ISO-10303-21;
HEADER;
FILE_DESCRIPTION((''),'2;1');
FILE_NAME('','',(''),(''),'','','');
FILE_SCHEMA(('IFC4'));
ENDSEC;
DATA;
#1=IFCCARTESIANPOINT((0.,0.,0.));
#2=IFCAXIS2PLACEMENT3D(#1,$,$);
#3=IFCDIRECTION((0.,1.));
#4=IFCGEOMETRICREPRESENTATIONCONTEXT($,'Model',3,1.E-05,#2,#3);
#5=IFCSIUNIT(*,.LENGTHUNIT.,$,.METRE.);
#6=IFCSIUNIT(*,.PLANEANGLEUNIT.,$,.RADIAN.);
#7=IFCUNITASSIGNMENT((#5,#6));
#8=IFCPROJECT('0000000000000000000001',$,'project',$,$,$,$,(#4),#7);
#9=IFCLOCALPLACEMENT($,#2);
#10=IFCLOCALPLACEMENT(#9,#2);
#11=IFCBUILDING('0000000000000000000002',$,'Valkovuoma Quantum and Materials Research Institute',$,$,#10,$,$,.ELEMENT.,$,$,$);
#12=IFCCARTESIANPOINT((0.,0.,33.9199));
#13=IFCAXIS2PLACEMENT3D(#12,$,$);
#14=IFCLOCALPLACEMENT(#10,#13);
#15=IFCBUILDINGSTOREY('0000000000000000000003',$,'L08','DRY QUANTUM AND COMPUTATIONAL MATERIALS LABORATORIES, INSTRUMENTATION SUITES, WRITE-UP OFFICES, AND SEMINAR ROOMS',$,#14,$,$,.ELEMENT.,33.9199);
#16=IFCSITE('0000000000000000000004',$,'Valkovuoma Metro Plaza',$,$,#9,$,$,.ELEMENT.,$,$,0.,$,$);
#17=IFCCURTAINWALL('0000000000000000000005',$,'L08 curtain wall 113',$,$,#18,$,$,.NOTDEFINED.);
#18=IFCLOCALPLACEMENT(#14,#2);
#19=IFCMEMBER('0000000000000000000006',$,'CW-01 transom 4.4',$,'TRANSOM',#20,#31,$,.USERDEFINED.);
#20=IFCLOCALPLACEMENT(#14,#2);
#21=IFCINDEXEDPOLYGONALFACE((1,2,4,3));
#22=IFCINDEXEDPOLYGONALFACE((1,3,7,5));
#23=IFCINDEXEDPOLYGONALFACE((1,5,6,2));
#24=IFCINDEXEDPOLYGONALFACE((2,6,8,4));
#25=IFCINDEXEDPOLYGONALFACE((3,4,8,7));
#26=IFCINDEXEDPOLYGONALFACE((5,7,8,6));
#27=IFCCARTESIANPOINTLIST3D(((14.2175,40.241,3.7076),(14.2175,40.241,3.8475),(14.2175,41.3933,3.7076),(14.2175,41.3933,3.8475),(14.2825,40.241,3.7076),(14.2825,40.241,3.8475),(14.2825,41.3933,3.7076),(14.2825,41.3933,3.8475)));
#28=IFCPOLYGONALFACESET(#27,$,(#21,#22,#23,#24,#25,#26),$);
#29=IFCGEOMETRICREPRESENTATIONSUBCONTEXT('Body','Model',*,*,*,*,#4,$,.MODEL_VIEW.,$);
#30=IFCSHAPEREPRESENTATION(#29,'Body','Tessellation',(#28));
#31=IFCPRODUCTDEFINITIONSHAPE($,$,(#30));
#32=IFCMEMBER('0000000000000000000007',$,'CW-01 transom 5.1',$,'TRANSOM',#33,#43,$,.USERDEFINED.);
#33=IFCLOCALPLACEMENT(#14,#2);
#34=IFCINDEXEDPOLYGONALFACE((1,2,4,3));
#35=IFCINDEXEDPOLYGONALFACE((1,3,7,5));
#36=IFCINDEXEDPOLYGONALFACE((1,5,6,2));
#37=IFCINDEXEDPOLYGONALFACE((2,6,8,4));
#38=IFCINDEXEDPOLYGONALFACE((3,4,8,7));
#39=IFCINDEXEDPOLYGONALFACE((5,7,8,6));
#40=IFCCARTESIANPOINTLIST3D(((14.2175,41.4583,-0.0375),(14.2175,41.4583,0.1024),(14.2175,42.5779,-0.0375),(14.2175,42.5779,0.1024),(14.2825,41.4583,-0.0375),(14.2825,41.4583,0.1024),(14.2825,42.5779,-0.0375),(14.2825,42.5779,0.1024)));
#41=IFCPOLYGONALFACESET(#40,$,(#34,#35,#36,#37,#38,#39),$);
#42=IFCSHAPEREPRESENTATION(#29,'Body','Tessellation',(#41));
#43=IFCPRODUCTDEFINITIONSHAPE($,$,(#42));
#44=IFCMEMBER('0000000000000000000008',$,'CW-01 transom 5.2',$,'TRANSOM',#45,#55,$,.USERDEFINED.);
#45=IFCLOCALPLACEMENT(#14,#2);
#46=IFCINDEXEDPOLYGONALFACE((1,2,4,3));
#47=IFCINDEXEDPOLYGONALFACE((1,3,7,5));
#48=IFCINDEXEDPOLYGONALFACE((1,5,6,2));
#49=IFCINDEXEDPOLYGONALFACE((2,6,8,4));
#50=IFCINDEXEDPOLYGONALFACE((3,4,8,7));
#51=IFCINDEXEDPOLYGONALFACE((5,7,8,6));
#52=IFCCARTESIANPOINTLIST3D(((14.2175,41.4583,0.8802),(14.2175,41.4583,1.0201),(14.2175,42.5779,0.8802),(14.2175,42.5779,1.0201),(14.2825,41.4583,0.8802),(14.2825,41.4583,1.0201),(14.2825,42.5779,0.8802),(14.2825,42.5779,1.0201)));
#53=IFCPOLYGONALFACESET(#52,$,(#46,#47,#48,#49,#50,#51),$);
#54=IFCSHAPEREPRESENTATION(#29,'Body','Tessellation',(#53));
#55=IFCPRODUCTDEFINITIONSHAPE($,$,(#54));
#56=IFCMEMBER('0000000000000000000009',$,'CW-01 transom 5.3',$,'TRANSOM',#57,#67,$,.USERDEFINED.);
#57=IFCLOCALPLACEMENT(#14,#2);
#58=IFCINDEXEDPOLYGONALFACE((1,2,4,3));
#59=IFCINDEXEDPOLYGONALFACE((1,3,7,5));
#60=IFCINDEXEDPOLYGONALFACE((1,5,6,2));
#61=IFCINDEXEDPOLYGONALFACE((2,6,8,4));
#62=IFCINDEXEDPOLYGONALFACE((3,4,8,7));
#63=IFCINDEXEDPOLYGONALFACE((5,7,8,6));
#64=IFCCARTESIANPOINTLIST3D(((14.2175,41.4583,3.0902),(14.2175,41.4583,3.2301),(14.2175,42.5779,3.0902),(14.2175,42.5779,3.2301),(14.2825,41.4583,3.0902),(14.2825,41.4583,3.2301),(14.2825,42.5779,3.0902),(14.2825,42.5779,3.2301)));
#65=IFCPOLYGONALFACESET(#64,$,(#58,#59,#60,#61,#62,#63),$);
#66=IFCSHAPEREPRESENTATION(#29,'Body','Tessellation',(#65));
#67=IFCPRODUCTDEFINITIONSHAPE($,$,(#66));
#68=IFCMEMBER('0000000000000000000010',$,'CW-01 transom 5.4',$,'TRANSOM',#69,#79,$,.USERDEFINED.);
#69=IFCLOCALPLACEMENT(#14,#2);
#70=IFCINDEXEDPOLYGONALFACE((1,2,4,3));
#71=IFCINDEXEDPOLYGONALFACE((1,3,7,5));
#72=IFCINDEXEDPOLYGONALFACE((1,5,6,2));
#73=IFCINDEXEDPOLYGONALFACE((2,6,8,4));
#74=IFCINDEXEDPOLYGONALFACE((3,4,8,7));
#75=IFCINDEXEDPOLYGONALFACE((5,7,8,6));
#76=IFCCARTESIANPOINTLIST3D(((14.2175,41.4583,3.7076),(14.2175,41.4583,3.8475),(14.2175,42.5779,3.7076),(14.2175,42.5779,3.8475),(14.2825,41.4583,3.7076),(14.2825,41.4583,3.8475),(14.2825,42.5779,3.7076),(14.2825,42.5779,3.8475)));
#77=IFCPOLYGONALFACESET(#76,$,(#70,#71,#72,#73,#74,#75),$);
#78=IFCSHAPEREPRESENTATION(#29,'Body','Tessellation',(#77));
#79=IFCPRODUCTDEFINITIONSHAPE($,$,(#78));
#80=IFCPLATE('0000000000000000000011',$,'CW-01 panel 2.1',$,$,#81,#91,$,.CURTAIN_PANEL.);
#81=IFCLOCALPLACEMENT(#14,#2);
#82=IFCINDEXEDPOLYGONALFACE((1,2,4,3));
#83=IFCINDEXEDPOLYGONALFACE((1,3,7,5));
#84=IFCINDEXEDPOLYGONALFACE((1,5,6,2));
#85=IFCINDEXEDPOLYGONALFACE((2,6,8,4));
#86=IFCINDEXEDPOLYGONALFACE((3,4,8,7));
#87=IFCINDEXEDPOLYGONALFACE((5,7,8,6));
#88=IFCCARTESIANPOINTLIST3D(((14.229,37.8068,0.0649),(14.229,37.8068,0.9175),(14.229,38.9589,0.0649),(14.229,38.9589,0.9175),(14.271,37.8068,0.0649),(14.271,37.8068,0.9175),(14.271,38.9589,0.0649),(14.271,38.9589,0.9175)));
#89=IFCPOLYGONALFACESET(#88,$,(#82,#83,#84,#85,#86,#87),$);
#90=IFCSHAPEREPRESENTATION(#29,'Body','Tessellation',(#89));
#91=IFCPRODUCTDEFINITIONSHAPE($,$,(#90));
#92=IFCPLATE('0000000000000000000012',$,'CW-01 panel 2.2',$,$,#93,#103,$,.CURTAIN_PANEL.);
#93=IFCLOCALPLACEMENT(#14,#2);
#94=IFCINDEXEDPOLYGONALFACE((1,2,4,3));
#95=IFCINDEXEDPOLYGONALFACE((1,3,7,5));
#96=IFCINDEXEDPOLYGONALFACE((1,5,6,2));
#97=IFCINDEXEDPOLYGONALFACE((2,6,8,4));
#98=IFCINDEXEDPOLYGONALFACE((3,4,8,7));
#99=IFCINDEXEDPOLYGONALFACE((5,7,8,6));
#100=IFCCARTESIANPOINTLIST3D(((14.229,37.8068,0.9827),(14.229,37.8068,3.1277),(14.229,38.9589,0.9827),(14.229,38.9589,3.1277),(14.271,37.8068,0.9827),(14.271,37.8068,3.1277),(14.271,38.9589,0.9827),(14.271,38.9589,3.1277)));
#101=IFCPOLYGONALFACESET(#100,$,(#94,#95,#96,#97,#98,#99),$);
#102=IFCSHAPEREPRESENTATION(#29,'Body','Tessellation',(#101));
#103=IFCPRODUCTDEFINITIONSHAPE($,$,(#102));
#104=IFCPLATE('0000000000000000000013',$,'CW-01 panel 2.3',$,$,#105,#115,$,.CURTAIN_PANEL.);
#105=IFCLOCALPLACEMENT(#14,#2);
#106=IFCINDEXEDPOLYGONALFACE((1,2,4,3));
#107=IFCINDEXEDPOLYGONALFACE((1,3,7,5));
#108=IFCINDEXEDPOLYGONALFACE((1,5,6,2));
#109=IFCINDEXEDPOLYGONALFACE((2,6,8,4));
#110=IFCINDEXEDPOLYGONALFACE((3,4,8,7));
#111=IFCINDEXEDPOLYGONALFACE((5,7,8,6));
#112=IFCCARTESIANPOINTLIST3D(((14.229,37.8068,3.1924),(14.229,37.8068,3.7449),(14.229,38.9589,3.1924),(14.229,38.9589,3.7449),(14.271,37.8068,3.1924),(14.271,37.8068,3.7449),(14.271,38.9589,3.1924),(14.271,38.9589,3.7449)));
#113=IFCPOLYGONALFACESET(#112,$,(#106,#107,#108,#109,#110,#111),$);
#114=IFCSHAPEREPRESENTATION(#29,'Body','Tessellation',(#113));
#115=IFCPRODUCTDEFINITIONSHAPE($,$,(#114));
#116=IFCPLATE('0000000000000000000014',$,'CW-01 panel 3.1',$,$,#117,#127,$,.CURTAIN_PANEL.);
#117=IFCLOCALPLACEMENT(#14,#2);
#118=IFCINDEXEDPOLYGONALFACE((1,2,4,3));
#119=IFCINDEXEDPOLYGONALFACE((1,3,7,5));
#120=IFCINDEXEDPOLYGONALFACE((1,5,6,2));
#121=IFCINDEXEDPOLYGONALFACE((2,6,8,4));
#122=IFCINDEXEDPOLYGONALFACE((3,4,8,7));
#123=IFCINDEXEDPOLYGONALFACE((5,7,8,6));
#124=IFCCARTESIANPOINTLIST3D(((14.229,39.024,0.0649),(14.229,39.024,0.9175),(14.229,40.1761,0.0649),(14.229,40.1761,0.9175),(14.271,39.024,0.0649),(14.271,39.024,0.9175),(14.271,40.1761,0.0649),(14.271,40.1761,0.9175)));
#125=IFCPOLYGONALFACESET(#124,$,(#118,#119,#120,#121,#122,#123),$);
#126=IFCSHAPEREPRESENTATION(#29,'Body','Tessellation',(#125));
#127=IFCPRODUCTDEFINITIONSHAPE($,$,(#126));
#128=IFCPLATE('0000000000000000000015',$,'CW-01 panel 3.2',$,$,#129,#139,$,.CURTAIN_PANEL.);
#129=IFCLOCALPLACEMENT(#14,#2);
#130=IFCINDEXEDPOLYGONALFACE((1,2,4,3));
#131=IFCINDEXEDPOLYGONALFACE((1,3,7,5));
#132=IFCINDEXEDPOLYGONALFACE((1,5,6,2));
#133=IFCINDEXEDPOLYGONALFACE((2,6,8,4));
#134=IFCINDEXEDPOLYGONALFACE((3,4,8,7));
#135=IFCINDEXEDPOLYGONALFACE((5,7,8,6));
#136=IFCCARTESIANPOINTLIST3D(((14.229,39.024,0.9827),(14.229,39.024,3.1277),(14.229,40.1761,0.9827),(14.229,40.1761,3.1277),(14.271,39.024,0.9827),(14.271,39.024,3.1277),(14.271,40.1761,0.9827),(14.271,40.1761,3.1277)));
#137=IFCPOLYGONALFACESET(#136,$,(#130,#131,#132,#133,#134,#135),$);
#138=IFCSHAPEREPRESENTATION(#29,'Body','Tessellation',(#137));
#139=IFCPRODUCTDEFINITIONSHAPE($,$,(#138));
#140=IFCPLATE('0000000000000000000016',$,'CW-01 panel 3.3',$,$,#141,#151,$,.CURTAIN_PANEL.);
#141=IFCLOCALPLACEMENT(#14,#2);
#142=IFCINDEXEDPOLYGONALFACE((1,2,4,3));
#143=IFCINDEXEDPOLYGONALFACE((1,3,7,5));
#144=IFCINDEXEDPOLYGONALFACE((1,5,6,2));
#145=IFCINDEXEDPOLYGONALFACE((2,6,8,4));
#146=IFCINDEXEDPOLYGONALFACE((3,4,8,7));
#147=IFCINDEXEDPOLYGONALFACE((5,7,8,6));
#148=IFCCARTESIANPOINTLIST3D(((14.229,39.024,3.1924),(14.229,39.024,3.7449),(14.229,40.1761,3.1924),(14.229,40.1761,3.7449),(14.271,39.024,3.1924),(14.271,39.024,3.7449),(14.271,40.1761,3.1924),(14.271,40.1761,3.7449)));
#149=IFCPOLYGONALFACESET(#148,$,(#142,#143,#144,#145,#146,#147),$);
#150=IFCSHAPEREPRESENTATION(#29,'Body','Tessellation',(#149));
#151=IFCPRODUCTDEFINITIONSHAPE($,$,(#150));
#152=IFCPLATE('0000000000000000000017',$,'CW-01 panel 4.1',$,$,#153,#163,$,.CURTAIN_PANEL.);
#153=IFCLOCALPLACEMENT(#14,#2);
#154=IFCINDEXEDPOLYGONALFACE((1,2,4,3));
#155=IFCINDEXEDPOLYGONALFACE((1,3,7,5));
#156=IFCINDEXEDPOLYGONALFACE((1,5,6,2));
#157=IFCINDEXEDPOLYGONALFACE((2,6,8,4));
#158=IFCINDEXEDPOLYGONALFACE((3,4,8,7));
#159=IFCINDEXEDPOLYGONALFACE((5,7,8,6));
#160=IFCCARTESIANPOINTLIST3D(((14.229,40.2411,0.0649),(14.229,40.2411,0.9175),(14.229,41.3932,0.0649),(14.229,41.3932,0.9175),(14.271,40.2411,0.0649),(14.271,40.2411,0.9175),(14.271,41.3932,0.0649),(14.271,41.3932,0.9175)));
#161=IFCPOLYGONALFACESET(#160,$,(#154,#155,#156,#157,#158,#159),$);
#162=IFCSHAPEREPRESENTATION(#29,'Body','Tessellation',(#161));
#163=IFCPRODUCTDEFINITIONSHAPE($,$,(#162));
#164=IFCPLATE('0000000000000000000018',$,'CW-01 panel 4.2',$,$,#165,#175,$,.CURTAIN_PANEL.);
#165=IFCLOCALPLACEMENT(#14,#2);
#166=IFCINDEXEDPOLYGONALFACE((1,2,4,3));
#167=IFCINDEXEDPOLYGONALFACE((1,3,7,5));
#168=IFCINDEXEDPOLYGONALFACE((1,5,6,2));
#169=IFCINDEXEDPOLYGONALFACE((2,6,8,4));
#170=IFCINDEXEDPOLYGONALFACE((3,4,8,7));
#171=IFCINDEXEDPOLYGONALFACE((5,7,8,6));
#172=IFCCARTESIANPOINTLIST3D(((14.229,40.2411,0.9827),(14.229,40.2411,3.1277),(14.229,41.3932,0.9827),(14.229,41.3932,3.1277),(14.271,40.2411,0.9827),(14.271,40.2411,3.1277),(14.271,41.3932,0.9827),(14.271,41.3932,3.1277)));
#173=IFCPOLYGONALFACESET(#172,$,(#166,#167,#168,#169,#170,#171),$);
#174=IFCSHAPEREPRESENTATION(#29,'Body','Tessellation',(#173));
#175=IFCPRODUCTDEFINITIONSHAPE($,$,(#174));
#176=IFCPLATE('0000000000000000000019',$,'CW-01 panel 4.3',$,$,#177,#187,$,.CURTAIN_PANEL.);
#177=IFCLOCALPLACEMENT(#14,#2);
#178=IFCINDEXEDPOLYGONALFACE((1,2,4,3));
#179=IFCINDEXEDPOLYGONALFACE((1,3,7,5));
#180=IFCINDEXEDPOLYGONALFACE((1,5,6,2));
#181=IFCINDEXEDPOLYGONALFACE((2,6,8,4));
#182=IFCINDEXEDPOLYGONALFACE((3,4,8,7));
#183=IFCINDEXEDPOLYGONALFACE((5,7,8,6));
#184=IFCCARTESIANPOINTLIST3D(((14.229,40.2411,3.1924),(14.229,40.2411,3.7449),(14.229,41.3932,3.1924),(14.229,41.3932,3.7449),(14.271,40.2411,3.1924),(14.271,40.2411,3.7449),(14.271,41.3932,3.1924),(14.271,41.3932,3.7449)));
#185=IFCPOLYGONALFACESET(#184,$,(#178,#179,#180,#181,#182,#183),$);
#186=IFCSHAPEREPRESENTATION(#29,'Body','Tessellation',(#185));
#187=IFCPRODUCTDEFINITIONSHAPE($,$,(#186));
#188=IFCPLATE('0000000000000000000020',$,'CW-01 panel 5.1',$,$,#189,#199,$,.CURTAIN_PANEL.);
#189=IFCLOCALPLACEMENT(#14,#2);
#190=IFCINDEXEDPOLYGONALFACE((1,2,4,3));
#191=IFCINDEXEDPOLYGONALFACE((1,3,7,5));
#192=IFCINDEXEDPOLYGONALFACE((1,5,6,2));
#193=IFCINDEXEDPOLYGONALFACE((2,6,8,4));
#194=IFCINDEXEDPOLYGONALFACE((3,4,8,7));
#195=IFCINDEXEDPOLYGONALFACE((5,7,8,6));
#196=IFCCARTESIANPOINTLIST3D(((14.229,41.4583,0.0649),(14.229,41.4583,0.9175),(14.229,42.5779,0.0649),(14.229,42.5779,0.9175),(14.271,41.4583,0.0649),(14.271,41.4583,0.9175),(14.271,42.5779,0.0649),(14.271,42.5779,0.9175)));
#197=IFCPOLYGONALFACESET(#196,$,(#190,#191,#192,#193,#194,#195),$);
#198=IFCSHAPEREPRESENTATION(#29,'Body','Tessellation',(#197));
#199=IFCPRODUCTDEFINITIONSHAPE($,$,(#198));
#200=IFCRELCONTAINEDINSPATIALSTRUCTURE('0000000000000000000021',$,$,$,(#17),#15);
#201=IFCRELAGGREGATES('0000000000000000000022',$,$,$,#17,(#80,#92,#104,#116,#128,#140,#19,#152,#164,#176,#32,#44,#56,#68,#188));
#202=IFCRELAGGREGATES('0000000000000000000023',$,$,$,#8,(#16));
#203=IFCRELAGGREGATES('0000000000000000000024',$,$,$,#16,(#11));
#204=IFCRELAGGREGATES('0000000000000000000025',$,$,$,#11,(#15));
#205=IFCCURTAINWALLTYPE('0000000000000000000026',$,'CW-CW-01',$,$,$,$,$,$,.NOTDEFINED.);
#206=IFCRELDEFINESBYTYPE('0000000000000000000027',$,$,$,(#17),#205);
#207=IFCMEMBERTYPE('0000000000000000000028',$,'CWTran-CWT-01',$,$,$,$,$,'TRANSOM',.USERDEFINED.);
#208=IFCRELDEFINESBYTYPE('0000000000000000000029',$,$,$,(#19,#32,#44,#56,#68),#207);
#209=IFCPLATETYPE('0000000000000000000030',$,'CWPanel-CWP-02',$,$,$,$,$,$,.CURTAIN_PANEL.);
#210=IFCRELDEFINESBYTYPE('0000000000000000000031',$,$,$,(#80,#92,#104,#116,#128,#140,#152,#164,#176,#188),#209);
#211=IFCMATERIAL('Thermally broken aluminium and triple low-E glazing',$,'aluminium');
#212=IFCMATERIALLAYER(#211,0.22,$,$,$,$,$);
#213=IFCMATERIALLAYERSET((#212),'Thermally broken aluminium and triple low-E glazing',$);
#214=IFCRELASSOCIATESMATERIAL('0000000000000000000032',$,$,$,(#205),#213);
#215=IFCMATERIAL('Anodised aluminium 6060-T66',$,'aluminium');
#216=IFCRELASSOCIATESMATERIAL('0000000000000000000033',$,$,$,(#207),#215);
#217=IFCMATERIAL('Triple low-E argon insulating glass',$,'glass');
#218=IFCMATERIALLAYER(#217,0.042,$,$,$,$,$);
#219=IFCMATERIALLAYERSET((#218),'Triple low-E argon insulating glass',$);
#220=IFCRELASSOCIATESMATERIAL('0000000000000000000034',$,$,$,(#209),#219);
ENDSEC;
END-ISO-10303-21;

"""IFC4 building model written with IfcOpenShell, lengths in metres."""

from ifc_helpers import new_model, si_unit, direction, frame, origin, origin_2d, place, context, subcontext, project, spatial, rectangle, extrude, material, layer, layer_set, material_profile, profile_set, type_object, element, aggregate, save


model = new_model("IFC4")

# Units and contexts
model_context = context("Model", 3, precision=1e-05, world=origin(), true_north=direction((0.0, 1.0)))
body_context = subcontext(model_context, "Body", "Model", "MODEL_VIEW")
ifc_project = project(units=[si_unit("LENGTHUNIT", "METRE"), si_unit("PLANEANGLEUNIT", "RADIAN")], contexts=[model_context])

# Site, building, storey
site_placement = place(None, origin())
site = spatial("IfcSite", under=ifc_project, at=site_placement, Name="Valkovuoma Metro Plaza", CompositionType="ELEMENT", RefElevation=0.0)
building_placement = place(site_placement, origin())
building = spatial("IfcBuilding", under=site, at=building_placement, Name="Valkovuoma Quantum and Materials Research Institute", CompositionType="ELEMENT")
storey_placement = place(building_placement, frame((0.0, 0.0, 33.9199)))
storey = spatial("IfcBuildingStorey", under=building, at=storey_placement, Name="L08", Description="DRY QUANTUM AND COMPUTATIONAL MATERIALS LABORATORIES, INSTRUMENTATION SUITES, WRITE-UP OFFICES, AND SEMINAR ROOMS", CompositionType="ELEMENT", Elevation=33.9199)

# Curtain wall, members, plates
ifc_material_1 = material(Name="Thermally broken aluminium and triple low-E glazing", Category="aluminium")
ifc_layer_1 = layer(ifc_material_1, 0.22)
ifc_layer_set_1 = layer_set([ifc_layer_1], Name="Thermally broken aluminium and triple low-E glazing")
curtain_wall_type = type_object("IfcCurtainWallType", Name="CW-CW-01", PredefinedType="NOTDEFINED", material=ifc_layer_set_1)
curtain_wall_placement = place(storey_placement, origin())
curtain_wall = element("IfcCurtainWall", 1, at=curtain_wall_placement, inside=storey, type_object=curtain_wall_type, Name="L08 curtain wall 113", PredefinedType="NOTDEFINED")
ifc_material_2 = material(Name="Anodised aluminium 6060-T66", Category="aluminium")
ifc_material_profile_1 = material_profile(ifc_material_2, rectangle(XDim=0.0649, YDim=0.1399, at=origin_2d()), Name="Anodised aluminium 6060-T66")
ifc_profile_set_1 = profile_set([ifc_material_profile_1], Name="Anodised aluminium 6060-T66")
member_type_1 = type_object("IfcMemberType", Name="CWTran-CWT-01", ElementType="TRANSOM", PredefinedType="USERDEFINED", material=ifc_profile_set_1)
member_1_placement = place(storey_placement, frame((14.25, 40.241, 3.7776), z_axis=(0.0, 1.0, 0.0), x_axis=(-1.0, 0.0, 0.0)))
member_1 = element("IfcMember", 2, at=member_1_placement, type_object=member_type_1, Name="CW-01 transom 4.4", ObjectType="TRANSOM", PredefinedType="USERDEFINED", context=body_context, shape_type="SweptSolid", body=[
    extrude(rectangle(XDim=0.0649, YDim=0.1399, at=origin_2d()), origin(), (0.0, 0.0, 1.0), 1.1523),
])
member_2_placement = place(storey_placement, frame((14.25, 41.4583, 0.0325), z_axis=(0.0, 1.0, 0.0), x_axis=(-1.0, 0.0, 0.0)))
member_2 = element("IfcMember", 3, at=member_2_placement, type_object=member_type_1, Name="CW-01 transom 5.1", ObjectType="TRANSOM", PredefinedType="USERDEFINED", context=body_context, shape_type="SweptSolid", body=[
    extrude(rectangle(XDim=0.0649, YDim=0.1399, at=origin_2d()), origin(), (0.0, 0.0, 1.0), 1.1196),
])
member_3_placement = place(storey_placement, frame((14.25, 41.4583, 0.9502), z_axis=(0.0, 1.0, 0.0), x_axis=(-1.0, 0.0, 0.0)))
member_3 = element("IfcMember", 4, at=member_3_placement, type_object=member_type_1, Name="CW-01 transom 5.2", ObjectType="TRANSOM", PredefinedType="USERDEFINED", context=body_context, shape_type="SweptSolid", body=[
    extrude(rectangle(XDim=0.0649, YDim=0.1399, at=origin_2d()), origin(), (0.0, 0.0, 1.0), 1.1196),
])
member_4_placement = place(storey_placement, frame((14.25, 41.4583, 3.1602), z_axis=(0.0, 1.0, 0.0), x_axis=(-1.0, 0.0, 0.0)))
member_4 = element("IfcMember", 5, at=member_4_placement, type_object=member_type_1, Name="CW-01 transom 5.3", ObjectType="TRANSOM", PredefinedType="USERDEFINED", context=body_context, shape_type="SweptSolid", body=[
    extrude(rectangle(XDim=0.0649, YDim=0.1399, at=origin_2d()), origin(), (0.0, 0.0, 1.0), 1.1196),
])
member_5_placement = place(storey_placement, frame((14.25, 41.4583, 3.7776), z_axis=(0.0, 1.0, 0.0), x_axis=(-1.0, 0.0, 0.0)))
member_5 = element("IfcMember", 6, at=member_5_placement, type_object=member_type_1, Name="CW-01 transom 5.4", ObjectType="TRANSOM", PredefinedType="USERDEFINED", context=body_context, shape_type="SweptSolid", body=[
    extrude(rectangle(XDim=0.0649, YDim=0.1399, at=origin_2d()), origin(), (0.0, 0.0, 1.0), 1.1196),
])
ifc_material_3 = material(Name="Triple low-E argon insulating glass", Category="glass")
ifc_layer_2 = layer(ifc_material_3, 0.042)
ifc_layer_set_2 = layer_set([ifc_layer_2], Name="Triple low-E argon insulating glass")
plate_type = type_object("IfcPlateType", Name="CWPanel-CWP-02", PredefinedType="CURTAIN_PANEL", material=ifc_layer_set_2)
plate_1_placement = place(storey_placement, frame((14.25, 38.3828, 0.0649), z_axis=(0.0, 0.0, 1.0), x_axis=(0.0, 1.0, 0.0)))
plate_1 = element("IfcPlate", 7, at=plate_1_placement, type_object=plate_type, Name="CW-01 panel 2.1", PredefinedType="CURTAIN_PANEL", context=body_context, shape_type="SweptSolid", body=[
    extrude(rectangle(XDim=1.1521, YDim=0.042, at=origin_2d()), origin(), (0.0, 0.0, 1.0), 0.8525),
])
plate_2_placement = place(storey_placement, frame((14.25, 38.3828, 0.9827), z_axis=(0.0, 0.0, 1.0), x_axis=(0.0, 1.0, 0.0)))
plate_2 = element("IfcPlate", 8, at=plate_2_placement, type_object=plate_type, Name="CW-01 panel 2.2", PredefinedType="CURTAIN_PANEL", context=body_context, shape_type="SweptSolid", body=[
    extrude(rectangle(XDim=1.1521, YDim=0.042, at=origin_2d()), origin(), (0.0, 0.0, 1.0), 2.145),
])
plate_3_placement = place(storey_placement, frame((14.25, 38.3828, 3.1924), z_axis=(0.0, 0.0, 1.0), x_axis=(0.0, 1.0, 0.0)))
plate_3 = element("IfcPlate", 9, at=plate_3_placement, type_object=plate_type, Name="CW-01 panel 2.3", PredefinedType="CURTAIN_PANEL", context=body_context, shape_type="SweptSolid", body=[
    extrude(rectangle(XDim=1.1521, YDim=0.042, at=origin_2d()), origin(), (0.0, 0.0, 1.0), 0.5525),
])
plate_4_placement = place(storey_placement, frame((14.25, 39.6001, 0.0649), z_axis=(0.0, 0.0, 1.0), x_axis=(0.0, 1.0, 0.0)))
plate_4 = element("IfcPlate", 10, at=plate_4_placement, type_object=plate_type, Name="CW-01 panel 3.1", PredefinedType="CURTAIN_PANEL", context=body_context, shape_type="SweptSolid", body=[
    extrude(rectangle(XDim=1.1521, YDim=0.042, at=origin_2d()), origin(), (0.0, 0.0, 1.0), 0.8525),
])
plate_5_placement = place(storey_placement, frame((14.25, 39.6001, 0.9827), z_axis=(0.0, 0.0, 1.0), x_axis=(0.0, 1.0, 0.0)))
plate_5 = element("IfcPlate", 11, at=plate_5_placement, type_object=plate_type, Name="CW-01 panel 3.2", PredefinedType="CURTAIN_PANEL", context=body_context, shape_type="SweptSolid", body=[
    extrude(rectangle(XDim=1.1521, YDim=0.042, at=origin_2d()), origin(), (0.0, 0.0, 1.0), 2.145),
])
plate_6_placement = place(storey_placement, frame((14.25, 39.6001, 3.1924), z_axis=(0.0, 0.0, 1.0), x_axis=(0.0, 1.0, 0.0)))
plate_6 = element("IfcPlate", 12, at=plate_6_placement, type_object=plate_type, Name="CW-01 panel 3.3", PredefinedType="CURTAIN_PANEL", context=body_context, shape_type="SweptSolid", body=[
    extrude(rectangle(XDim=1.1521, YDim=0.042, at=origin_2d()), origin(), (0.0, 0.0, 1.0), 0.5525),
])
plate_7_placement = place(storey_placement, frame((14.25, 40.8171, 0.0649), z_axis=(0.0, 0.0, 1.0), x_axis=(0.0, 1.0, 0.0)))
plate_7 = element("IfcPlate", 13, at=plate_7_placement, type_object=plate_type, Name="CW-01 panel 4.1", PredefinedType="CURTAIN_PANEL", context=body_context, shape_type="SweptSolid", body=[
    extrude(rectangle(XDim=1.1521, YDim=0.042, at=origin_2d()), origin(), (0.0, 0.0, 1.0), 0.8525),
])
plate_8_placement = place(storey_placement, frame((14.25, 40.8171, 0.9827), z_axis=(0.0, 0.0, 1.0), x_axis=(0.0, 1.0, 0.0)))
plate_8 = element("IfcPlate", 14, at=plate_8_placement, type_object=plate_type, Name="CW-01 panel 4.2", PredefinedType="CURTAIN_PANEL", context=body_context, shape_type="SweptSolid", body=[
    extrude(rectangle(XDim=1.1521, YDim=0.042, at=origin_2d()), origin(), (0.0, 0.0, 1.0), 2.145),
])
plate_9_placement = place(storey_placement, frame((14.25, 40.8171, 3.1924), z_axis=(0.0, 0.0, 1.0), x_axis=(0.0, 1.0, 0.0)))
plate_9 = element("IfcPlate", 15, at=plate_9_placement, type_object=plate_type, Name="CW-01 panel 4.3", PredefinedType="CURTAIN_PANEL", context=body_context, shape_type="SweptSolid", body=[
    extrude(rectangle(XDim=1.1521, YDim=0.042, at=origin_2d()), origin(), (0.0, 0.0, 1.0), 0.5525),
])
plate_10_placement = place(storey_placement, frame((14.25, 42.0181, 0.0649), z_axis=(0.0, 0.0, 1.0), x_axis=(0.0, 1.0, 0.0)))
plate_10 = element("IfcPlate", 16, at=plate_10_placement, type_object=plate_type, Name="CW-01 panel 5.1", PredefinedType="CURTAIN_PANEL", context=body_context, shape_type="SweptSolid", body=[
    extrude(rectangle(XDim=1.1196, YDim=0.042, at=origin_2d()), origin(), (0.0, 0.0, 1.0), 0.8525),
])
aggregate(curtain_wall, [plate_1, plate_2, plate_3, plate_4, plate_5, plate_6, member_1, plate_7, plate_8, plate_9, member_2, member_3, member_4, member_5, plate_10])

save(model, "model.ifc")
